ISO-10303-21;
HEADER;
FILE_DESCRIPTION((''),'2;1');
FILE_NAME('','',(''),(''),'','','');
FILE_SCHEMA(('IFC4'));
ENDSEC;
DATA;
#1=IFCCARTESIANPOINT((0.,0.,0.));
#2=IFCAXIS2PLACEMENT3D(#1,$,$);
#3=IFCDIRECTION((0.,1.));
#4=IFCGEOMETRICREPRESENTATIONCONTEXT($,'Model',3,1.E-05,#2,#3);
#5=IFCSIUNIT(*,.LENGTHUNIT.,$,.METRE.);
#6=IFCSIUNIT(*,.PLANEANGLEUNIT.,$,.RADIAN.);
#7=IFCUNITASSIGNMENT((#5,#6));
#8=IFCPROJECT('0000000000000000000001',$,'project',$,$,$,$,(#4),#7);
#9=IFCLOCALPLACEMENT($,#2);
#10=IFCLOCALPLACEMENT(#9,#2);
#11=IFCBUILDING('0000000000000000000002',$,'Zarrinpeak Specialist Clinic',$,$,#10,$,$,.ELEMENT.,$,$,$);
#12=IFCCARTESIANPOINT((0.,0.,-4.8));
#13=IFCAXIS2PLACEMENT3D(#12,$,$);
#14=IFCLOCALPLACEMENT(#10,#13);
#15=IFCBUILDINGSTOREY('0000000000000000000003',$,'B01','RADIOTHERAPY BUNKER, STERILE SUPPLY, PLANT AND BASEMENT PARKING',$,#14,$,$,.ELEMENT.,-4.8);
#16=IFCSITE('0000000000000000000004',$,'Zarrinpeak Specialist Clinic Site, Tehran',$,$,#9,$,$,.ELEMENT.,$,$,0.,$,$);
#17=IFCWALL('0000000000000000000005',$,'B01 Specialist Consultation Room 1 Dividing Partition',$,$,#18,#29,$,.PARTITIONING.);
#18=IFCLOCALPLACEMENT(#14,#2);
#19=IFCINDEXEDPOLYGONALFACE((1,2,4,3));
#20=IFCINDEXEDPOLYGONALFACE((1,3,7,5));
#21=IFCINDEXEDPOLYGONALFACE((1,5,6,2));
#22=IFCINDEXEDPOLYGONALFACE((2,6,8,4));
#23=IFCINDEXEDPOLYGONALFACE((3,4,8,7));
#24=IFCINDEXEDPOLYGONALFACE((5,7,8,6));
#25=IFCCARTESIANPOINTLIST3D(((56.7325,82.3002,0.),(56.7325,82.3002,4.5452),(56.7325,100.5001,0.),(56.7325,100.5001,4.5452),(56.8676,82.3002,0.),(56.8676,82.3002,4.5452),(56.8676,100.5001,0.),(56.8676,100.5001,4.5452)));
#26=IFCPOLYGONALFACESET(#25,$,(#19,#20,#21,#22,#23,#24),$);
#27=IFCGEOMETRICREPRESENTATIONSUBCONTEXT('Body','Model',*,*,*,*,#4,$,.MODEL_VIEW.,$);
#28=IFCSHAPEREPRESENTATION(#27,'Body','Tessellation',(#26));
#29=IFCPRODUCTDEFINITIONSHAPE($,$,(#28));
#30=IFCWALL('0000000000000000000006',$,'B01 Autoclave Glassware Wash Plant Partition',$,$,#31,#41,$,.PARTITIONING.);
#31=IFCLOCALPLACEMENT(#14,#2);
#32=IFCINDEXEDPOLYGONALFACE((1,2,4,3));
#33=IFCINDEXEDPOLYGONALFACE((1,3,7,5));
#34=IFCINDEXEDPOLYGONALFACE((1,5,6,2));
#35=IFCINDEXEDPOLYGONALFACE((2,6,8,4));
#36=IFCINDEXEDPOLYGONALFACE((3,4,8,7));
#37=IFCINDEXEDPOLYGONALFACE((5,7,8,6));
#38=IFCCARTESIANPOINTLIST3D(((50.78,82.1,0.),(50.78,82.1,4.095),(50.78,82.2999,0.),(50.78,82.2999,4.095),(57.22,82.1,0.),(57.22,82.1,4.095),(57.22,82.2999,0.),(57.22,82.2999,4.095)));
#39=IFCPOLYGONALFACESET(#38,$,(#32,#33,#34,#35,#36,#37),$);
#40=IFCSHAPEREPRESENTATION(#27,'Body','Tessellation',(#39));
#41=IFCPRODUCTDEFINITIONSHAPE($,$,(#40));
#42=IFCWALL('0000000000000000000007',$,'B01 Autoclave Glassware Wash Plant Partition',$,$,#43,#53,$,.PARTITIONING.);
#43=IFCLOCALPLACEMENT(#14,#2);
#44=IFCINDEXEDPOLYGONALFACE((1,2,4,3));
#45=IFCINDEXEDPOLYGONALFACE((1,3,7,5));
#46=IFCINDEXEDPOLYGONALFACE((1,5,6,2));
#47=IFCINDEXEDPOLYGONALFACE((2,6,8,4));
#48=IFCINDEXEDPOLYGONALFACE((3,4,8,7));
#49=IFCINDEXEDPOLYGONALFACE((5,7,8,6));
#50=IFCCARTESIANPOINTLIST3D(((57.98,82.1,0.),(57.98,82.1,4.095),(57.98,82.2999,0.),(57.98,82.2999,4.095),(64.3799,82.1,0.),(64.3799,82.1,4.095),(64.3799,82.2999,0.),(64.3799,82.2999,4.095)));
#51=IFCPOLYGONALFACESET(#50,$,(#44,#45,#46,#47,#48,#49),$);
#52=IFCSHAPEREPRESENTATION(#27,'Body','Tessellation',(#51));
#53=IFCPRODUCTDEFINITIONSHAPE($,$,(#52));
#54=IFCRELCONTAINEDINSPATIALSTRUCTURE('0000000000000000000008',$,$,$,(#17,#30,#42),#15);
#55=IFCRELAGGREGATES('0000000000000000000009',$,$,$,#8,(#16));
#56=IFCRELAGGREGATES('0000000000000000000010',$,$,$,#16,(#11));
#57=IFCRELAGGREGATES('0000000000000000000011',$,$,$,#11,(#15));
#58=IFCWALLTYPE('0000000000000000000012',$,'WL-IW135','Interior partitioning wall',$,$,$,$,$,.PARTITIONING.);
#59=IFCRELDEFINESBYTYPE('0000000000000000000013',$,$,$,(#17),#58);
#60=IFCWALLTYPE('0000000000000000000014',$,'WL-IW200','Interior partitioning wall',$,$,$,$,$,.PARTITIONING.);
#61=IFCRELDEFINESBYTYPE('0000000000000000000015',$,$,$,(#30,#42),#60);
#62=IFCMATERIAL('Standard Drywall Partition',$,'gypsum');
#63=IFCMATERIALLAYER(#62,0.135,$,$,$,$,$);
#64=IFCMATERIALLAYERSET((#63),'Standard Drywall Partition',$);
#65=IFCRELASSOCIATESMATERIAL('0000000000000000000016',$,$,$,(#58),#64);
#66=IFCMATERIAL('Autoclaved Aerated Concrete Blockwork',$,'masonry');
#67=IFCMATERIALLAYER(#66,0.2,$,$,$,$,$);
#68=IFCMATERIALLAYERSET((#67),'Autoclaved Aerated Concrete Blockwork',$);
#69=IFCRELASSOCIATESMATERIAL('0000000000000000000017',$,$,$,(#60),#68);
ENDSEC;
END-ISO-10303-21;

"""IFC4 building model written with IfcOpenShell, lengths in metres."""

from ifc_helpers import new_model, si_unit, direction, frame, frame_2d, origin, place, context, subcontext, project, spatial, rectangle, extrude, material, layer, layer_set, type_object, element, save


model = new_model("IFC4")

# Units and contexts
model_context = context("Model", 3, precision=1e-05, world=origin(), true_north=direction((0.0, 1.0)))
body_context = subcontext(model_context, "Body", "Model", "MODEL_VIEW")
ifc_project = project(units=[si_unit("LENGTHUNIT", "METRE"), si_unit("PLANEANGLEUNIT", "RADIAN")], contexts=[model_context])

# Site, building, storey
site_placement = place(None, origin())
site = spatial("IfcSite", under=ifc_project, at=site_placement, Name="Zarrinpeak Specialist Clinic Site, Tehran", CompositionType="ELEMENT", RefElevation=0.0)
building_placement = place(site_placement, origin())
building = spatial("IfcBuilding", under=site, at=building_placement, Name="Zarrinpeak Specialist Clinic", CompositionType="ELEMENT")
storey_placement = place(building_placement, frame((0.0, 0.0, -4.8)))
storey = spatial("IfcBuildingStorey", under=building, at=storey_placement, Name="B01", Description="RADIOTHERAPY BUNKER, STERILE SUPPLY, PLANT AND BASEMENT PARKING", CompositionType="ELEMENT", Elevation=-4.8)

# Walls
ifc_material_1 = material(Name="Standard Drywall Partition", Category="gypsum")
ifc_layer_1 = layer(ifc_material_1, 0.135)
ifc_layer_set_1 = layer_set([ifc_layer_1], Name="Standard Drywall Partition")
wall_type_1 = type_object("IfcWallType", Name="WL-IW135", Description="Interior partitioning wall", PredefinedType="PARTITIONING", material=ifc_layer_set_1)
wall_1_placement = place(storey_placement, frame((56.8, 82.3, 0.0), z_axis=(0.0, 0.0, 1.0), x_axis=(0.0, 1.0, 0.0)))
element("IfcWall", 1, at=wall_1_placement, inside=storey, type_object=wall_type_1, Name="B01 Specialist Consultation Room 1 Dividing Partition", PredefinedType="PARTITIONING", context=body_context, shape_type="SweptSolid", body=[
    extrude(rectangle(XDim=18.2, YDim=0.135, at=frame_2d((9.1001, 0.0))), origin(), (0.0, 0.0, 1.0), 4.5452),
])
ifc_material_2 = material(Name="Autoclaved Aerated Concrete Blockwork", Category="masonry")
ifc_layer_2 = layer(ifc_material_2, 0.2)
ifc_layer_set_2 = layer_set([ifc_layer_2], Name="Autoclaved Aerated Concrete Blockwork")
wall_type_2 = type_object("IfcWallType", Name="WL-IW200", Description="Interior partitioning wall", PredefinedType="PARTITIONING", material=ifc_layer_set_2)
wall_2_placement = place(storey_placement, frame((50.78, 82.2, 0.0), z_axis=(0.0, 0.0, 1.0), x_axis=(1.0, 0.0, 0.0)))
element("IfcWall", 2, at=wall_2_placement, inside=storey, type_object=wall_type_2, Name="B01 Autoclave Glassware Wash Plant Partition", PredefinedType="PARTITIONING", context=body_context, shape_type="SweptSolid", body=[
    extrude(rectangle(XDim=6.4399, YDim=0.2, at=frame_2d((3.22, 0.0))), origin(), (0.0, 0.0, 1.0), 4.095),
])
wall_3_placement = place(storey_placement, frame((57.98, 82.2, 0.0), z_axis=(0.0, 0.0, 1.0), x_axis=(1.0, 0.0, 0.0)))
element("IfcWall", 3, at=wall_3_placement, inside=storey, type_object=wall_type_2, Name="B01 Autoclave Glassware Wash Plant Partition", PredefinedType="PARTITIONING", context=body_context, shape_type="SweptSolid", body=[
    extrude(rectangle(XDim=6.3999, YDim=0.2, at=frame_2d((3.2, 0.0))), origin(), (0.0, 0.0, 1.0), 4.095),
])

save(model, "model.ifc")
